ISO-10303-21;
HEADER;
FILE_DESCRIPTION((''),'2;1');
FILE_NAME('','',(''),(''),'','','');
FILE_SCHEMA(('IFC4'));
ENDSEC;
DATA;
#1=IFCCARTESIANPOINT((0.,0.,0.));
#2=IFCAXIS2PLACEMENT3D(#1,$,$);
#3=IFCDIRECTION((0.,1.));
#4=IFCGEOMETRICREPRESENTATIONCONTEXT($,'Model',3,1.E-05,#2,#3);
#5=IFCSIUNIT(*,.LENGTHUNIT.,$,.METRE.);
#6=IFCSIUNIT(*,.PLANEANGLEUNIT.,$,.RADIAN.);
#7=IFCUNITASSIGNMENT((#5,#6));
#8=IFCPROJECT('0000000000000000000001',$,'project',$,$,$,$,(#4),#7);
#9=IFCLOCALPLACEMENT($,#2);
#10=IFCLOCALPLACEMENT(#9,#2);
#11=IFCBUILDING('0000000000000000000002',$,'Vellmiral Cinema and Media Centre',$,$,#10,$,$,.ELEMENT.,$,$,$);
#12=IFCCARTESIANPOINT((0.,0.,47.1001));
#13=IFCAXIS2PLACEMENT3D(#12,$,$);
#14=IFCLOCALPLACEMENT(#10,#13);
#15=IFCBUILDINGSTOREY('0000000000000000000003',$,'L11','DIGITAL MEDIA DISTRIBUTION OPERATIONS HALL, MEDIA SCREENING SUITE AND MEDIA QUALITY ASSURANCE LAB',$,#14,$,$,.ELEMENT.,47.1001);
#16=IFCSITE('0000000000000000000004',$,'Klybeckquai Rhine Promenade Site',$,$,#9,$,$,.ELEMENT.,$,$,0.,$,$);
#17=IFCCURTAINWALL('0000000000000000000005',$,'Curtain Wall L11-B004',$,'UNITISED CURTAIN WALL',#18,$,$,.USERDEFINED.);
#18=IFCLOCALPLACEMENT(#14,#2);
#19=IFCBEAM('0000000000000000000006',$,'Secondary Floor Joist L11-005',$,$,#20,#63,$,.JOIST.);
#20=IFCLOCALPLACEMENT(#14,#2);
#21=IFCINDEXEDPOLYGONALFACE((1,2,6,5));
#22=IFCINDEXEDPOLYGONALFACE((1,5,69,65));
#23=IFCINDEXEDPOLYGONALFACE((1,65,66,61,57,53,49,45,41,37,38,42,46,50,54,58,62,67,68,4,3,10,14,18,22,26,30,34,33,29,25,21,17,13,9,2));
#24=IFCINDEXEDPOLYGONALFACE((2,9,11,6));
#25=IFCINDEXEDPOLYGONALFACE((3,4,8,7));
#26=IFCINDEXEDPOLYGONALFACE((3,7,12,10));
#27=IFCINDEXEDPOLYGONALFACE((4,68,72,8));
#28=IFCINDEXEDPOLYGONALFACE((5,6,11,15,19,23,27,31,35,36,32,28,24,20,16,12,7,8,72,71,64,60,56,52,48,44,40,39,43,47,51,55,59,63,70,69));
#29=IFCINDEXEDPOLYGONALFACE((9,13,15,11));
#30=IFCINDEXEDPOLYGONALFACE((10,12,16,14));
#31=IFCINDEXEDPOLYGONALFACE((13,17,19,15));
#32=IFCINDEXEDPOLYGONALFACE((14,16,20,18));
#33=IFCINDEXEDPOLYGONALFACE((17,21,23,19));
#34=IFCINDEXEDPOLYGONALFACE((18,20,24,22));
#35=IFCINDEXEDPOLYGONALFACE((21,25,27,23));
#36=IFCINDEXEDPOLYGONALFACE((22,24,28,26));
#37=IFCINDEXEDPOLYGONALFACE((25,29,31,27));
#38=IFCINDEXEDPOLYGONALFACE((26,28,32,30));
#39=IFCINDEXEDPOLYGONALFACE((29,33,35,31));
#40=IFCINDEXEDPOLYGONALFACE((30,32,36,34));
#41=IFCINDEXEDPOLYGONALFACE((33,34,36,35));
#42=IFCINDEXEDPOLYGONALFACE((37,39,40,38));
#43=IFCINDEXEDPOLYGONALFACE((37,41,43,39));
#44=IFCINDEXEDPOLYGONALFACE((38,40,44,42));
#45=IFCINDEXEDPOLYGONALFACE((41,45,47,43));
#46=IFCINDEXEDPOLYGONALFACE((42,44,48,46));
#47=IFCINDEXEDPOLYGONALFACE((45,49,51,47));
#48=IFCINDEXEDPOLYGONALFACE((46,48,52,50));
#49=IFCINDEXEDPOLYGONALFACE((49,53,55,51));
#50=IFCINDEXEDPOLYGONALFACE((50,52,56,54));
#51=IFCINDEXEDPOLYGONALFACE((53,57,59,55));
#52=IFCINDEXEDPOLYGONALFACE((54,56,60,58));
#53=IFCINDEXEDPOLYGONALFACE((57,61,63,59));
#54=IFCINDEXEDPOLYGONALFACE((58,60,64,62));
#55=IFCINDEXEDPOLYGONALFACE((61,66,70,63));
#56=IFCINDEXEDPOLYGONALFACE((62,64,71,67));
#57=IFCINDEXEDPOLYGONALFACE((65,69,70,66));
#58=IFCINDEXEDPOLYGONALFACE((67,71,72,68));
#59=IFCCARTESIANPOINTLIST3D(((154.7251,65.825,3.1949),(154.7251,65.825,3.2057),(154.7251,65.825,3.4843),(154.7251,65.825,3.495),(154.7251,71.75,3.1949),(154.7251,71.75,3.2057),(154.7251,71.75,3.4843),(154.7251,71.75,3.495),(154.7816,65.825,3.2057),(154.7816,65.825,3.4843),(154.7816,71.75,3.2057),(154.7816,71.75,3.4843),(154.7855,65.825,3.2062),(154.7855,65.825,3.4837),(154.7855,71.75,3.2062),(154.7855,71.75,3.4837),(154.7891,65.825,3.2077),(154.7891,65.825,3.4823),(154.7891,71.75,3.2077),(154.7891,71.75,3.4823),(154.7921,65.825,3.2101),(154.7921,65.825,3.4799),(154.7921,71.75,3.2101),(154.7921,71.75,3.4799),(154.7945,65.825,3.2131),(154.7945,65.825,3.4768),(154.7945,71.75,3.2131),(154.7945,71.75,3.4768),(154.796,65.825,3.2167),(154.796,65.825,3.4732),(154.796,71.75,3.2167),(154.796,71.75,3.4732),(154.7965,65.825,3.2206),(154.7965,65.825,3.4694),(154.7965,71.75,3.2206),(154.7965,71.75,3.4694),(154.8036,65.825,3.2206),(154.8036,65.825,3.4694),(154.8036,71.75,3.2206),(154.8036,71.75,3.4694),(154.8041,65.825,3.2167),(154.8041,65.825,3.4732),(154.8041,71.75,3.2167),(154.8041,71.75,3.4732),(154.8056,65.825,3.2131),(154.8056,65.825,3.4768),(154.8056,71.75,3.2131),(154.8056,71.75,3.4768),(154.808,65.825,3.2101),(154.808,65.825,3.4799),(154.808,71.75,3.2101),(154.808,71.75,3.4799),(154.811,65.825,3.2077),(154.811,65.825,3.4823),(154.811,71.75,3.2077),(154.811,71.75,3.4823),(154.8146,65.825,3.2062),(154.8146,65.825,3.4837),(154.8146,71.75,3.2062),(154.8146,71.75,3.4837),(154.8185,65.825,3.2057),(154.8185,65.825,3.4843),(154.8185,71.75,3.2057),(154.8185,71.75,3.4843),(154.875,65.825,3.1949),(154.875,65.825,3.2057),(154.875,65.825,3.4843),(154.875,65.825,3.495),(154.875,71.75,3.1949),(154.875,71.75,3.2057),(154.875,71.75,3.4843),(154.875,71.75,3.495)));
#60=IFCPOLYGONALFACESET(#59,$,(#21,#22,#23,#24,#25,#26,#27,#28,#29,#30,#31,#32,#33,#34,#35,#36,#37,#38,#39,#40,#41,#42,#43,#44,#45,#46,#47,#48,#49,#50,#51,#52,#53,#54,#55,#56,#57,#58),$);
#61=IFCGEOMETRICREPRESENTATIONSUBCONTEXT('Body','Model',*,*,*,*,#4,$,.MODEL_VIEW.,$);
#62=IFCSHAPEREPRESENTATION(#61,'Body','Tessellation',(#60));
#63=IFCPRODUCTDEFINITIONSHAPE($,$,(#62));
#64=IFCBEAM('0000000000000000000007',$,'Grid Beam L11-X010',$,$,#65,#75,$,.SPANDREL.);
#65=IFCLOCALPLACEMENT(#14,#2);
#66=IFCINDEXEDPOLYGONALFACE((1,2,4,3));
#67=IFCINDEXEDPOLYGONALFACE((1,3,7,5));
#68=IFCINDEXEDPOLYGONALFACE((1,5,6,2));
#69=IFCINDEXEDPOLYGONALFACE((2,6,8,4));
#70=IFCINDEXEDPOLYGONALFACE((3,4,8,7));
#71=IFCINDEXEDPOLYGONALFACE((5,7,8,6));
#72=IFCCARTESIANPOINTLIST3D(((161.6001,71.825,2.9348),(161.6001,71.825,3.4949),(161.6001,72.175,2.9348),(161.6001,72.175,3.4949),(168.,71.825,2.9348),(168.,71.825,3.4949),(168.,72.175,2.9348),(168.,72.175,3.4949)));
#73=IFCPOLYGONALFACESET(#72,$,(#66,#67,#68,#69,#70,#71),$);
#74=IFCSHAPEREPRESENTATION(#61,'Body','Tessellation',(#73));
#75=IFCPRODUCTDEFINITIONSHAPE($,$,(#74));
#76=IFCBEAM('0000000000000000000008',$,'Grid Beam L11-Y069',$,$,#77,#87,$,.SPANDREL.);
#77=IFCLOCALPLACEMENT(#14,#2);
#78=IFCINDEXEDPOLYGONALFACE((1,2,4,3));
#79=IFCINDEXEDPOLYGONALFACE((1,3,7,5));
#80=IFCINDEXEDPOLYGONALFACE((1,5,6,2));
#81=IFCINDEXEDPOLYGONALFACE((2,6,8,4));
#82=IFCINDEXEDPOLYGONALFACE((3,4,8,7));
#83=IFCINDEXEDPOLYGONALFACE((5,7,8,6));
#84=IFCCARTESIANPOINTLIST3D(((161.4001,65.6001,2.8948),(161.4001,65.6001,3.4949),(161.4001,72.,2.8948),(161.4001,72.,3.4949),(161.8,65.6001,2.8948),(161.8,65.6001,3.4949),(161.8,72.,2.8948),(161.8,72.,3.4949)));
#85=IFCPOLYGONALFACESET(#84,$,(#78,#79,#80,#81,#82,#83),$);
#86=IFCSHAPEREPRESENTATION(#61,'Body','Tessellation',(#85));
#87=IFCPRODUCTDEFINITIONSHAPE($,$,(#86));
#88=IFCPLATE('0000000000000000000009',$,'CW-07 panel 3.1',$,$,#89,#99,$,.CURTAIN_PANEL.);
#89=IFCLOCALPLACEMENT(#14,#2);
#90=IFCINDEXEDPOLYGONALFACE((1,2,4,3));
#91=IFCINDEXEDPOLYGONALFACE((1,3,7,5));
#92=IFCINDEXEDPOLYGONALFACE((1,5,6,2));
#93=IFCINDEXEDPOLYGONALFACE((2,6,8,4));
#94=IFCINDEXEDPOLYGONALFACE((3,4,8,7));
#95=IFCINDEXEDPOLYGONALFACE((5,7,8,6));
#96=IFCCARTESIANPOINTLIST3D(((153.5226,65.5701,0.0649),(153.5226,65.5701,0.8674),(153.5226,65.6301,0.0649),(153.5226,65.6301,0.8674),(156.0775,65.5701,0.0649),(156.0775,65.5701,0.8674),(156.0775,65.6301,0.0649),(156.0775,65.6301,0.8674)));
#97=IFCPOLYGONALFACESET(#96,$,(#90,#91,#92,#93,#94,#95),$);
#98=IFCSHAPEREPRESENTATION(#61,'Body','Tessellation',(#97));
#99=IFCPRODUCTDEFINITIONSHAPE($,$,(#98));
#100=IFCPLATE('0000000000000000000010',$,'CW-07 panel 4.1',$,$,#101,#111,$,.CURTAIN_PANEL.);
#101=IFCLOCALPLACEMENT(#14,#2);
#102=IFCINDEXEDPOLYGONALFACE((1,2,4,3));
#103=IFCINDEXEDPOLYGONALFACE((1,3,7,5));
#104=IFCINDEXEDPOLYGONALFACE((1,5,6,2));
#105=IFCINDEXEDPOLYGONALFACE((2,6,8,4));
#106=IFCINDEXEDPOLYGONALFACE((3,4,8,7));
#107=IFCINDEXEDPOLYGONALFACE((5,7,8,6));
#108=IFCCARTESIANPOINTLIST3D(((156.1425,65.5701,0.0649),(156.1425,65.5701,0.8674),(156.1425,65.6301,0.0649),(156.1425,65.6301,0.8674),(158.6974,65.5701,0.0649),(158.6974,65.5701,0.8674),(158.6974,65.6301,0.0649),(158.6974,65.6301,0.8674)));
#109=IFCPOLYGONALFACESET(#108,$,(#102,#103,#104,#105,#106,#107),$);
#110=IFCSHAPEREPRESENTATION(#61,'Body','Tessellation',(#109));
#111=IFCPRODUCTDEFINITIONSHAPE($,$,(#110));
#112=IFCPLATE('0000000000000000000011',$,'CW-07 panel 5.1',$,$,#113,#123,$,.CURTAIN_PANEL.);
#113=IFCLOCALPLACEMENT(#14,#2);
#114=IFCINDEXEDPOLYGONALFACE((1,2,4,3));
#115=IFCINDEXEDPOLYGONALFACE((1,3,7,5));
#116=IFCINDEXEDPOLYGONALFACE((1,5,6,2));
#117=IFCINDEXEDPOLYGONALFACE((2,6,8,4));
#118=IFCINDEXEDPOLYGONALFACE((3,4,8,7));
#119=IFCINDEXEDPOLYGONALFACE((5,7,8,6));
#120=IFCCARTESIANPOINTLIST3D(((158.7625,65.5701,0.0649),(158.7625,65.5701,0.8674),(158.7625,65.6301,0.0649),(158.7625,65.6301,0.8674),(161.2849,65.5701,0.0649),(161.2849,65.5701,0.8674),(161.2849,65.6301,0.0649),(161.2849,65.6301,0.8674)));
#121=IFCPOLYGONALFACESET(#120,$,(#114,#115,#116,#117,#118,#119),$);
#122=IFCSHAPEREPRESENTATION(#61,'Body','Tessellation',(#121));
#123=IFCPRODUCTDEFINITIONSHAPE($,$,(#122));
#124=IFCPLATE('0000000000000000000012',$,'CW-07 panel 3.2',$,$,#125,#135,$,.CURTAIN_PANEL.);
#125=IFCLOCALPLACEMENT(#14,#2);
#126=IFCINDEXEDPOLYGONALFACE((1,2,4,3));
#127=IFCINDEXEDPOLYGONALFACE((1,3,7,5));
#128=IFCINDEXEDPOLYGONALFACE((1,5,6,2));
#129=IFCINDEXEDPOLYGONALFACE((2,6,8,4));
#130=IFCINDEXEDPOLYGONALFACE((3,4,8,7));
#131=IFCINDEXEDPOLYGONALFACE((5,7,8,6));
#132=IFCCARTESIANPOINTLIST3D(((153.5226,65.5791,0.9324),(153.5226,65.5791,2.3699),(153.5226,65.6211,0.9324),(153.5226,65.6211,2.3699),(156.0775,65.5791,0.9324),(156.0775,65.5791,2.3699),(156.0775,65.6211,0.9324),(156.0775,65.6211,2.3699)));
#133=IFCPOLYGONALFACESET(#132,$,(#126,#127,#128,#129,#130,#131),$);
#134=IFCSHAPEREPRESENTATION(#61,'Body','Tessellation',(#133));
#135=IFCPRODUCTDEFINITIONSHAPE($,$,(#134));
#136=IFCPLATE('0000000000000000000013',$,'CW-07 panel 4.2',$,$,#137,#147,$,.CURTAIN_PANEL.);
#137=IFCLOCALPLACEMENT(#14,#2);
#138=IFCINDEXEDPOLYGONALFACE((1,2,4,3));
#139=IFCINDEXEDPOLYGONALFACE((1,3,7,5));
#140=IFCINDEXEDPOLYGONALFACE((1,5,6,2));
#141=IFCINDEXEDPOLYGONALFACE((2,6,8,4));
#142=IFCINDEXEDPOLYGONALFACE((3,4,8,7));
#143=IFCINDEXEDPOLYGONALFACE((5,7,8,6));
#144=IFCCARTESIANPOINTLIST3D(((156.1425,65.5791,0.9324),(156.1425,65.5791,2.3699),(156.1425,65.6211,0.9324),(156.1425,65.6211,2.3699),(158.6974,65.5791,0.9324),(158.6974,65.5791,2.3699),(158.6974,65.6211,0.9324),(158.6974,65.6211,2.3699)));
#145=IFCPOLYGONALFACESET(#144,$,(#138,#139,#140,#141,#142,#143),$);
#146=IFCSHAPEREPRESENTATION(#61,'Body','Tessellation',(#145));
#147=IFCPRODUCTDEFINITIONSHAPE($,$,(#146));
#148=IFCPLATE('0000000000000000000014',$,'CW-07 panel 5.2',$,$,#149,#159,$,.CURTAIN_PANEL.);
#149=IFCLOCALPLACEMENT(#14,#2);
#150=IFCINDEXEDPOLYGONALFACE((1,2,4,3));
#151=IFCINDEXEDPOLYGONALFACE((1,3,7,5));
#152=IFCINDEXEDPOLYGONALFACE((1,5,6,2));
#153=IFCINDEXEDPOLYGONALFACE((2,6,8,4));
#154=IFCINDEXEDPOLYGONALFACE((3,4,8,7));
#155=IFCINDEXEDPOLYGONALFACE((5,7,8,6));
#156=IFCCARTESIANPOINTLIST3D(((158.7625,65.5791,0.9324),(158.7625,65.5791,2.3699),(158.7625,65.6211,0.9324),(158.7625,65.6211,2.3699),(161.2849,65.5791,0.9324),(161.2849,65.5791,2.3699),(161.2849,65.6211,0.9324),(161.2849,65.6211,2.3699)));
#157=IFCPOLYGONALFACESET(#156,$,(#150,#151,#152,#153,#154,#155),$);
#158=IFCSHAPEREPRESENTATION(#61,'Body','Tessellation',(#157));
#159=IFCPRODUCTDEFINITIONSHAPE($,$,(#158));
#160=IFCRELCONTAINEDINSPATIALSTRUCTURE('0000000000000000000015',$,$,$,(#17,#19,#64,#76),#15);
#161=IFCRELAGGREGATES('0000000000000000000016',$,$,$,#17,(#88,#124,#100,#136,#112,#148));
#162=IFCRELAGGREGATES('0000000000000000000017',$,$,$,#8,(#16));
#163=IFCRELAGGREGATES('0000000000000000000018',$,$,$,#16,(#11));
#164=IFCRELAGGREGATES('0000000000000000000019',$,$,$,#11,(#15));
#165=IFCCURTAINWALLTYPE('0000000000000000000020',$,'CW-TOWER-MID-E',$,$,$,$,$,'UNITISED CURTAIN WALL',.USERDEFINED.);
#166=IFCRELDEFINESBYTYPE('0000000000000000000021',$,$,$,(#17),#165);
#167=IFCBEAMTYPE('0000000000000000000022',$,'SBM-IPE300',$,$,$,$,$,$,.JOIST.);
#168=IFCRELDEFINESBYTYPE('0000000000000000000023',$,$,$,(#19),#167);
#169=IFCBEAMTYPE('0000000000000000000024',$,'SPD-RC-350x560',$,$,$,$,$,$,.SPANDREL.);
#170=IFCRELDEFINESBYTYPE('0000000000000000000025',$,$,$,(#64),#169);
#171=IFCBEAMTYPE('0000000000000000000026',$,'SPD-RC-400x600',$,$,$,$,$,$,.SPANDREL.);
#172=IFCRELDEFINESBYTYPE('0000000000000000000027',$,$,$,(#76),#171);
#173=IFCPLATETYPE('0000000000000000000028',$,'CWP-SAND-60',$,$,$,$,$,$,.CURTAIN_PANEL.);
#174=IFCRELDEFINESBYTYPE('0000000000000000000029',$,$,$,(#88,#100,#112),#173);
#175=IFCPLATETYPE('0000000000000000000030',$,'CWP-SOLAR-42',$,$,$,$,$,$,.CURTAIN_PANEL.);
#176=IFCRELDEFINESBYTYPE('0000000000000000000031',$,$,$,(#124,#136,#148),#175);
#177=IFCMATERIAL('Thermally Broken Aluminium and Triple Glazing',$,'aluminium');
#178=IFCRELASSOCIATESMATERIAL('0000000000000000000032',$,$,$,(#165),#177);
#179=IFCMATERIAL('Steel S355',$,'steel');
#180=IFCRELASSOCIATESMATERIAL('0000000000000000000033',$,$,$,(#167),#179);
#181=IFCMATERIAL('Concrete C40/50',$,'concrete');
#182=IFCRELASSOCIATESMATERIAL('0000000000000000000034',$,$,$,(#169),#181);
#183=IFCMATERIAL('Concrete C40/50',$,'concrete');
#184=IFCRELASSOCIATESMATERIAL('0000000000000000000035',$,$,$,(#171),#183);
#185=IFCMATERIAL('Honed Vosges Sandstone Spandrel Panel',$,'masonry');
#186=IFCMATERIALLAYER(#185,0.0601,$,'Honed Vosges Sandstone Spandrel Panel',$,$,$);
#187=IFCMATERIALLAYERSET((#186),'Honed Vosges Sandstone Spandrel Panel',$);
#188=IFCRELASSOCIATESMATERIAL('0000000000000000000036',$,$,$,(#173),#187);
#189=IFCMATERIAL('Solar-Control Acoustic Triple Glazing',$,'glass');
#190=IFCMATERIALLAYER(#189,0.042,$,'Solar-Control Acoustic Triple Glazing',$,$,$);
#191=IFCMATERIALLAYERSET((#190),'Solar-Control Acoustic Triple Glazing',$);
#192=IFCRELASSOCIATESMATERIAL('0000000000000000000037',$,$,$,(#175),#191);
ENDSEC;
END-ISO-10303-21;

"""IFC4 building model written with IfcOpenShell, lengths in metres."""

from ifc_helpers import new_model, si_unit, direction, frame, origin, origin_2d, place, context, subcontext, project, spatial, rectangle, i_section, extrude, material, layer, layer_set, material_profile, profile_set, type_object, element, aggregate, save


model = new_model("IFC4")

# Units and contexts
model_context = context("Model", 3, precision=1e-05, world=origin(), true_north=direction((0.0, 1.0)))
body_context = subcontext(model_context, "Body", "Model", "MODEL_VIEW")
ifc_project = project(units=[si_unit("LENGTHUNIT", "METRE"), si_unit("PLANEANGLEUNIT", "RADIAN")], contexts=[model_context])

# Site, building, storey
site_placement = place(None, origin())
site = spatial("IfcSite", under=ifc_project, at=site_placement, Name="Klybeckquai Rhine Promenade Site", CompositionType="ELEMENT", RefElevation=0.0)
building_placement = place(site_placement, origin())
building = spatial("IfcBuilding", under=site, at=building_placement, Name="Vellmiral Cinema and Media Centre", CompositionType="ELEMENT")
storey_placement = place(building_placement, frame((0.0, 0.0, 47.1001)))
storey = spatial("IfcBuildingStorey", under=building, at=storey_placement, Name="L11", Description="DIGITAL MEDIA DISTRIBUTION OPERATIONS HALL, MEDIA SCREENING SUITE AND MEDIA QUALITY ASSURANCE LAB", CompositionType="ELEMENT", Elevation=47.1001)

# Curtain wall
ifc_material_1 = material(Name="Thermally Broken Aluminium and Triple Glazing", Category="aluminium")
curtain_wall_type = type_object("IfcCurtainWallType", Name="CW-TOWER-MID-E", ElementType="UNITISED CURTAIN WALL", PredefinedType="USERDEFINED", material=ifc_material_1)
curtain_wall_placement = place(storey_placement, origin())
curtain_wall = element("IfcCurtainWall", 1, at=curtain_wall_placement, inside=storey, type_object=curtain_wall_type, Name="Curtain Wall L11-B004", ObjectType="UNITISED CURTAIN WALL", PredefinedType="USERDEFINED")

# Beams
ifc_material_2 = material(Name="Steel S355", Category="steel")
ifc_material_profile_1 = material_profile(ifc_material_2, i_section(OverallWidth=0.1499, OverallDepth=0.3, WebThickness=0.0071, FlangeThickness=0.0107, FilletRadius=0.0149, at=origin_2d()), Name="IPE 300")
ifc_profile_set_1 = profile_set([ifc_material_profile_1], Name="Steel S355")
beam_type_1 = type_object("IfcBeamType", Name="SBM-IPE300", PredefinedType="JOIST", material=ifc_profile_set_1)
beam_1_placement = place(storey_placement, frame((154.8, 65.825, 3.345), z_axis=(0.0, 1.0, 0.0), x_axis=(-1.0, 0.0, 0.0)))
element("IfcBeam", 2, at=beam_1_placement, inside=storey, type_object=beam_type_1, Name="Secondary Floor Joist L11-005", PredefinedType="JOIST", context=body_context, shape_type="SweptSolid", body=[
    extrude(i_section(OverallWidth=0.1499, OverallDepth=0.3, WebThickness=0.0071, FlangeThickness=0.0107, FilletRadius=0.0149, at=origin_2d()), origin(), (0.0, 0.0, 1.0), 5.925),
])
ifc_material_3 = material(Name="Concrete C40/50", Category="concrete")
ifc_material_profile_2 = material_profile(ifc_material_3, rectangle(XDim=0.3501, YDim=0.5601, at=origin_2d()), Name="RC 350x560")
ifc_profile_set_2 = profile_set([ifc_material_profile_2], Name="Concrete C40/50")
beam_type_2 = type_object("IfcBeamType", Name="SPD-RC-350x560", PredefinedType="SPANDREL", material=ifc_profile_set_2)
beam_2_placement = place(storey_placement, frame((161.6001, 72.0, 3.2148), z_axis=(1.0, 0.0, 0.0), x_axis=(0.0, 1.0, 0.0)))
element("IfcBeam", 3, at=beam_2_placement, inside=storey, type_object=beam_type_2, Name="Grid Beam L11-X010", PredefinedType="SPANDREL", context=body_context, shape_type="SweptSolid", body=[
    extrude(rectangle(XDim=0.3501, YDim=0.5601, at=origin_2d()), origin(), (0.0, 0.0, 1.0), 6.3999),
])
ifc_material_4 = material(Name="Concrete C40/50", Category="concrete")
ifc_material_profile_3 = material_profile(ifc_material_4, rectangle(XDim=0.3999, YDim=0.6001, at=origin_2d()), Name="RC 400x600")
ifc_profile_set_3 = profile_set([ifc_material_profile_3], Name="Concrete C40/50")
beam_type_3 = type_object("IfcBeamType", Name="SPD-RC-400x600", PredefinedType="SPANDREL", material=ifc_profile_set_3)
beam_3_placement = place(storey_placement, frame((161.6001, 65.6001, 3.1948), z_axis=(0.0, 1.0, 0.0), x_axis=(-1.0, 0.0, 0.0)))
element("IfcBeam", 4, at=beam_3_placement, inside=storey, type_object=beam_type_3, Name="Grid Beam L11-Y069", PredefinedType="SPANDREL", context=body_context, shape_type="SweptSolid", body=[
    extrude(rectangle(XDim=0.3999, YDim=0.6001, at=origin_2d()), origin(), (0.0, 0.0, 1.0), 6.3999),
])

# Plates
ifc_material_5 = material(Name="Honed Vosges Sandstone Spandrel Panel", Category="masonry")
ifc_layer_1 = layer(ifc_material_5, 0.0601, Name="Honed Vosges Sandstone Spandrel Panel")
ifc_layer_set_1 = layer_set([ifc_layer_1], Name="Honed Vosges Sandstone Spandrel Panel")
plate_type_1 = type_object("IfcPlateType", Name="CWP-SAND-60", PredefinedType="CURTAIN_PANEL", material=ifc_layer_set_1)
plate_1_placement = place(storey_placement, frame((154.8, 65.6001, 0.0649), z_axis=(0.0, 0.0, 1.0), x_axis=(1.0, 0.0, 0.0)))
plate_1 = element("IfcPlate", 5, at=plate_1_placement, type_object=plate_type_1, Name="CW-07 panel 3.1", PredefinedType="CURTAIN_PANEL", context=body_context, shape_type="SweptSolid", body=[
    extrude(rectangle(XDim=2.5549, YDim=0.0601, at=origin_2d()), origin(), (0.0, 0.0, 1.0), 0.8025),
])
plate_2_placement = place(storey_placement, frame((157.4199, 65.6001, 0.0649), z_axis=(0.0, 0.0, 1.0), x_axis=(1.0, 0.0, 0.0)))
plate_2 = element("IfcPlate", 6, at=plate_2_placement, type_object=plate_type_1, Name="CW-07 panel 4.1", PredefinedType="CURTAIN_PANEL", context=body_context, shape_type="SweptSolid", body=[
    extrude(rectangle(XDim=2.5549, YDim=0.0601, at=origin_2d()), origin(), (0.0, 0.0, 1.0), 0.8025),
])
plate_3_placement = place(storey_placement, frame((160.0237, 65.6001, 0.0649), z_axis=(0.0, 0.0, 1.0), x_axis=(1.0, 0.0, 0.0)))
plate_3 = element("IfcPlate", 7, at=plate_3_placement, type_object=plate_type_1, Name="CW-07 panel 5.1", PredefinedType="CURTAIN_PANEL", context=body_context, shape_type="SweptSolid", body=[
    extrude(rectangle(XDim=2.5225, YDim=0.0601, at=origin_2d()), origin(), (0.0, 0.0, 1.0), 0.8025),
])
ifc_material_6 = material(Name="Solar-Control Acoustic Triple Glazing", Category="glass")
ifc_layer_2 = layer(ifc_material_6, 0.042, Name="Solar-Control Acoustic Triple Glazing")
ifc_layer_set_2 = layer_set([ifc_layer_2], Name="Solar-Control Acoustic Triple Glazing")
plate_type_2 = type_object("IfcPlateType", Name="CWP-SOLAR-42", PredefinedType="CURTAIN_PANEL", material=ifc_layer_set_2)
plate_4_placement = place(storey_placement, frame((154.8, 65.6001, 0.9324), z_axis=(0.0, 0.0, 1.0), x_axis=(1.0, 0.0, 0.0)))
plate_4 = element("IfcPlate", 8, at=plate_4_placement, type_object=plate_type_2, Name="CW-07 panel 3.2", PredefinedType="CURTAIN_PANEL", context=body_context, shape_type="SweptSolid", body=[
    extrude(rectangle(XDim=2.5549, YDim=0.042, at=origin_2d()), origin(), (0.0, 0.0, 1.0), 1.4375),
])
plate_5_placement = place(storey_placement, frame((157.4199, 65.6001, 0.9324), z_axis=(0.0, 0.0, 1.0), x_axis=(1.0, 0.0, 0.0)))
plate_5 = element("IfcPlate", 9, at=plate_5_placement, type_object=plate_type_2, Name="CW-07 panel 4.2", PredefinedType="CURTAIN_PANEL", context=body_context, shape_type="SweptSolid", body=[
    extrude(rectangle(XDim=2.5549, YDim=0.042, at=origin_2d()), origin(), (0.0, 0.0, 1.0), 1.4375),
])
plate_6_placement = place(storey_placement, frame((160.0237, 65.6001, 0.9324), z_axis=(0.0, 0.0, 1.0), x_axis=(1.0, 0.0, 0.0)))
plate_6 = element("IfcPlate", 10, at=plate_6_placement, type_object=plate_type_2, Name="CW-07 panel 5.2", PredefinedType="CURTAIN_PANEL", context=body_context, shape_type="SweptSolid", body=[
    extrude(rectangle(XDim=2.5225, YDim=0.042, at=origin_2d()), origin(), (0.0, 0.0, 1.0), 1.4375),
])
aggregate(curtain_wall, [plate_1, plate_4, plate_2, plate_5, plate_3, plate_6])

save(model, "model.ifc")
